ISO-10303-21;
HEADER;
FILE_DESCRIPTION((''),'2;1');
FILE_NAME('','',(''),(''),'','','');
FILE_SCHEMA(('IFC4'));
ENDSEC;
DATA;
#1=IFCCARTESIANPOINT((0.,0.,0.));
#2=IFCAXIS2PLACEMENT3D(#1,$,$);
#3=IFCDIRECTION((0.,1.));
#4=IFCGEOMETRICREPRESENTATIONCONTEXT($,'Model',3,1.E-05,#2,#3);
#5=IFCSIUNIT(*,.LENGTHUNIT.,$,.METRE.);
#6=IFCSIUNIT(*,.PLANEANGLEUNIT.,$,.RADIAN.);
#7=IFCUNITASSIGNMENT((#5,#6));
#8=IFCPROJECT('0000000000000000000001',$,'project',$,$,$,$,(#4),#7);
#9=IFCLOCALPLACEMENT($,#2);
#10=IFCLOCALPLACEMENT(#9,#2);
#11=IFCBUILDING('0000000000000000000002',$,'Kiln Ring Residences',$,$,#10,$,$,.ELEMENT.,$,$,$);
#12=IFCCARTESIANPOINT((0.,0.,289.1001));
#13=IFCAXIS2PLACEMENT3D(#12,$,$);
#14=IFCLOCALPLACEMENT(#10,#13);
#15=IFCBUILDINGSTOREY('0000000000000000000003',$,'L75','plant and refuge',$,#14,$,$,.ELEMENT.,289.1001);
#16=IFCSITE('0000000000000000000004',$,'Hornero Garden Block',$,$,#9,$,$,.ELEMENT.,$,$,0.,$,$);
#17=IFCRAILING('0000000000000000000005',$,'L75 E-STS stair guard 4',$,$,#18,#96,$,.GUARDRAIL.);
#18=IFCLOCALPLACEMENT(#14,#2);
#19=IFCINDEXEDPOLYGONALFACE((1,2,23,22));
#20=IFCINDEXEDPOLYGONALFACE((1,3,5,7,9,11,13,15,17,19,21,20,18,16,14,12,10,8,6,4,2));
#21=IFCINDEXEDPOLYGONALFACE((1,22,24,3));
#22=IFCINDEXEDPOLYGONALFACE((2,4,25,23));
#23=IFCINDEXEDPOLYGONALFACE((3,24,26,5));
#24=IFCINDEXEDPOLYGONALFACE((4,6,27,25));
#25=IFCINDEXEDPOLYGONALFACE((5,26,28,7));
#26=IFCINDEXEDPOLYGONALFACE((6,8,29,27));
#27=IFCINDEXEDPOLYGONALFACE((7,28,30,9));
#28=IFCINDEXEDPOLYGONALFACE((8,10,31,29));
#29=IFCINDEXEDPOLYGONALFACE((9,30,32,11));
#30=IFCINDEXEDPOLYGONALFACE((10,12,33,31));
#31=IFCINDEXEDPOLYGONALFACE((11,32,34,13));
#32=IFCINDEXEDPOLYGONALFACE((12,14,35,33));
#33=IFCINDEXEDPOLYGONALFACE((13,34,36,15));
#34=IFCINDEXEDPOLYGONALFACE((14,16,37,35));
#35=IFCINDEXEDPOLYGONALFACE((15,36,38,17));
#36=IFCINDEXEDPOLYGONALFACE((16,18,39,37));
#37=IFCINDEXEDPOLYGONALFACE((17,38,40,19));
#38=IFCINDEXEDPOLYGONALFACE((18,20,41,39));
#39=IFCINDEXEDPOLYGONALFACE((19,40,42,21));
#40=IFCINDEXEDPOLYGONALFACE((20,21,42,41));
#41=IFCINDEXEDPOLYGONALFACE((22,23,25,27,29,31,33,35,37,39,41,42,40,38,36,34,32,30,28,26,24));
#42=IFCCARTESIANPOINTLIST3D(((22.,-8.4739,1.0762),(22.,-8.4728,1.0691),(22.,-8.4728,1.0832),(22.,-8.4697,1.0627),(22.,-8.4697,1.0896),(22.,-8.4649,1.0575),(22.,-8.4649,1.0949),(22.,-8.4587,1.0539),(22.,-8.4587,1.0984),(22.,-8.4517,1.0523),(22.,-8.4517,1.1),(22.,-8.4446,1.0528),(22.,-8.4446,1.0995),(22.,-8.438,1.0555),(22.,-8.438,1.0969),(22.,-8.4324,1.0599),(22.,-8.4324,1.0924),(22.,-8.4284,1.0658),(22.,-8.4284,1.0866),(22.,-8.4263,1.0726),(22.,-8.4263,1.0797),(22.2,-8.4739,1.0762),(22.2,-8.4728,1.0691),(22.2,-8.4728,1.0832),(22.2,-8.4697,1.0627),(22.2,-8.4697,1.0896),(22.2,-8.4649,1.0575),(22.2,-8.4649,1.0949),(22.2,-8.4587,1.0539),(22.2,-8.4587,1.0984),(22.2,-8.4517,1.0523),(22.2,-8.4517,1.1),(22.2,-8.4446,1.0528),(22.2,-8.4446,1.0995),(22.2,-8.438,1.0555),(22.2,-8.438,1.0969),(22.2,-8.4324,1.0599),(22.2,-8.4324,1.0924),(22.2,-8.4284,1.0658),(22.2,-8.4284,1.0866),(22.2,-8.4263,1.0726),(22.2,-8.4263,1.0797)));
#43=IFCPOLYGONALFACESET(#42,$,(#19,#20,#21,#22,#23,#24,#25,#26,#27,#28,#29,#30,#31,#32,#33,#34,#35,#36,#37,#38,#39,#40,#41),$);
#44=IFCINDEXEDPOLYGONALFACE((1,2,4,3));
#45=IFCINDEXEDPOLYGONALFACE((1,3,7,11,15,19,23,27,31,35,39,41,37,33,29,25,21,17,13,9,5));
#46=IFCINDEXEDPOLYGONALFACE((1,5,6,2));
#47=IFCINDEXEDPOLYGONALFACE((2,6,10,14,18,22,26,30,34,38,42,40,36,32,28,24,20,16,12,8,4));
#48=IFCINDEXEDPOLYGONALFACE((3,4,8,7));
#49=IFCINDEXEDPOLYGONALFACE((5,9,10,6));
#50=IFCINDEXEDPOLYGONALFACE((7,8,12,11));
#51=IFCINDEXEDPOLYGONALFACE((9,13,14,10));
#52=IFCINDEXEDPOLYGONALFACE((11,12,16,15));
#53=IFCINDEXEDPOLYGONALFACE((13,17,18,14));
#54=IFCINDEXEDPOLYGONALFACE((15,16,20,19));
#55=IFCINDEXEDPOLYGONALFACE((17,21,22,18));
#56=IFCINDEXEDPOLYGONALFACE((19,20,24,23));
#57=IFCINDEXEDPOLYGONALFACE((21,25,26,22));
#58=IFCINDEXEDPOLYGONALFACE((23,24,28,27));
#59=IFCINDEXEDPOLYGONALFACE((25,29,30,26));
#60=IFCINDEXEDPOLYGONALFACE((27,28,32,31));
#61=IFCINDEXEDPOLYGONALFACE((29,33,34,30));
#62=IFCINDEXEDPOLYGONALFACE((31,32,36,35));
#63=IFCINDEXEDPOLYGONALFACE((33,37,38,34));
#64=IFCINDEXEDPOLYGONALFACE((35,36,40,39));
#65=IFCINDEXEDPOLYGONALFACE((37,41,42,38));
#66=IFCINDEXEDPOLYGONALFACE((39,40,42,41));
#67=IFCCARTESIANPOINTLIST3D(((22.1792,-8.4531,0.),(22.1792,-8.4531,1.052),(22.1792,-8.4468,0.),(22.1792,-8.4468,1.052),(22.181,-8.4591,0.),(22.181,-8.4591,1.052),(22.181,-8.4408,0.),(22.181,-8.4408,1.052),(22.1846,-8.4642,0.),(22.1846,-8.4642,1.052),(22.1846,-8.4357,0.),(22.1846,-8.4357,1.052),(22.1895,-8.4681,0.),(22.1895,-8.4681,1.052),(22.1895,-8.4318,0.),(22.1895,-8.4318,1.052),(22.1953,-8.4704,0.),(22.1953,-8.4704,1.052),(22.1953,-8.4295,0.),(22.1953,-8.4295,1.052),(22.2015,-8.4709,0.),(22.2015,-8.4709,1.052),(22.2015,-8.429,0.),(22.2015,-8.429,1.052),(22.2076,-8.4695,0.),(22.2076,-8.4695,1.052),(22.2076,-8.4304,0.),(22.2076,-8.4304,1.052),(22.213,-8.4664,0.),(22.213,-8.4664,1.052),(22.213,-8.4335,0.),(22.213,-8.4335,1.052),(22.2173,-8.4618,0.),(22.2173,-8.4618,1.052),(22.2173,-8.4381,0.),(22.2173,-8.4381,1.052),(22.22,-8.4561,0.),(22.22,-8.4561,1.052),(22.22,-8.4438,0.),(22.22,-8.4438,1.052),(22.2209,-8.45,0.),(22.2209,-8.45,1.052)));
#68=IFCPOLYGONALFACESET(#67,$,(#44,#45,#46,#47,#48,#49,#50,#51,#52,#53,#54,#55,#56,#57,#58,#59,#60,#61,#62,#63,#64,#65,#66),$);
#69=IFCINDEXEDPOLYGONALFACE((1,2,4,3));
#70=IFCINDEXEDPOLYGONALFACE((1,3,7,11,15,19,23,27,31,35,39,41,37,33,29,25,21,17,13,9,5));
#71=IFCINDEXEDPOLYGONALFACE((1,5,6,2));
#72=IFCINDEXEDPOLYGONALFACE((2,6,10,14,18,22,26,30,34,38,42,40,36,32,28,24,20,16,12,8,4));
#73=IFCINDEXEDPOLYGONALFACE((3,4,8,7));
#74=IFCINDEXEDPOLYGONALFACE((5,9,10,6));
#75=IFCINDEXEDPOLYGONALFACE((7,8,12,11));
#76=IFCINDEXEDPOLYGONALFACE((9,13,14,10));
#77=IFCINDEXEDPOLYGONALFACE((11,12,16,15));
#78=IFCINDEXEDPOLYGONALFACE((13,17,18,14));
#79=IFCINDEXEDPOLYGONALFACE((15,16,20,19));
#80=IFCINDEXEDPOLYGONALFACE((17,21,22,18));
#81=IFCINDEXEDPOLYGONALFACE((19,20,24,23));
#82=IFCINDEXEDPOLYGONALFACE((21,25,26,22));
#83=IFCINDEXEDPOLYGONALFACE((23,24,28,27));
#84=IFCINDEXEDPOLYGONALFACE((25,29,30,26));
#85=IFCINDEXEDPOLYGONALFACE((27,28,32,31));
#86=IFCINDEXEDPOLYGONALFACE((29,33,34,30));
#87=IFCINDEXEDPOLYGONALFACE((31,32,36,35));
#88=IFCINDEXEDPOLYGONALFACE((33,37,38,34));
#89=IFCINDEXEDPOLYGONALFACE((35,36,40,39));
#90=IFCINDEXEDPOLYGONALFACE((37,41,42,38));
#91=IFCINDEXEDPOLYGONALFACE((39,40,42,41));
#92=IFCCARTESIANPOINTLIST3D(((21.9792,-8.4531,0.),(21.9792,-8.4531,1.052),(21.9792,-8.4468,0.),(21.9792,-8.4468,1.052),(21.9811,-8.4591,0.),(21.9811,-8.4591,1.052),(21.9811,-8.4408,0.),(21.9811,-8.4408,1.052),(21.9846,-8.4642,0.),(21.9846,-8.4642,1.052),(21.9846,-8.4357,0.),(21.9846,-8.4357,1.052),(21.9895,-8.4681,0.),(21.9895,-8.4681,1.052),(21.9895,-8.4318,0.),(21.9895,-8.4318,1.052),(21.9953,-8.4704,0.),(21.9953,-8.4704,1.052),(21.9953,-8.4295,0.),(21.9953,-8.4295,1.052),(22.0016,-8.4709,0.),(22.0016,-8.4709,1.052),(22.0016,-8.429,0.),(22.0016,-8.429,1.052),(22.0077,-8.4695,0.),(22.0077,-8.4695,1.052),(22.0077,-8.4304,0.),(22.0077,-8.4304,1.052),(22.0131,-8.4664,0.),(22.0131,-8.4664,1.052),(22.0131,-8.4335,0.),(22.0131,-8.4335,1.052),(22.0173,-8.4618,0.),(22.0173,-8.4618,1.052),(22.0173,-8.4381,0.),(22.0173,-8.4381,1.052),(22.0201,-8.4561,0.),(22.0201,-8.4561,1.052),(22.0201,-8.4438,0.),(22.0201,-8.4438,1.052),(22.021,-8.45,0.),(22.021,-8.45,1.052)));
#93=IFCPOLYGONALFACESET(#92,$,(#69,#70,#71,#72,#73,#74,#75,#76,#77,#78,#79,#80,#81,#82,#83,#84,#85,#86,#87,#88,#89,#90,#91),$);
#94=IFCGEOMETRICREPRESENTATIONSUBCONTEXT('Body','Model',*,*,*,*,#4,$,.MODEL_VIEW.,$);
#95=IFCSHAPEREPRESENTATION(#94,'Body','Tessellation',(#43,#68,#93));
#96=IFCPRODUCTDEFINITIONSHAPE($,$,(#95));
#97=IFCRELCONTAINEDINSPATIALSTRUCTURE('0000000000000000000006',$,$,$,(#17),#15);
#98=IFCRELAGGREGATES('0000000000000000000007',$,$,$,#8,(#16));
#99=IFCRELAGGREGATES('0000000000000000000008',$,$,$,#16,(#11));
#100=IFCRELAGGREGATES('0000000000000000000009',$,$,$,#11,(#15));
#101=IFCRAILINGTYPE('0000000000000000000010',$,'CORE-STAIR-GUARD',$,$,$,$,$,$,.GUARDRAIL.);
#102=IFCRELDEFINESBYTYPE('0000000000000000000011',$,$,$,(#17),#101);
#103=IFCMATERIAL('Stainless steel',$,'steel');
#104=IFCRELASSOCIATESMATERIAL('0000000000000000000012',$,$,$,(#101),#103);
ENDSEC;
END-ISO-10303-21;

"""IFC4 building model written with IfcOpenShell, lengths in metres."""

from ifc_helpers import new_model, si_unit, direction, frame, origin, origin_2d, place, context, subcontext, project, spatial, circle, extrude, material, type_object, element, save


model = new_model("IFC4")

# Units and contexts
model_context = context("Model", 3, precision=1e-05, world=origin(), true_north=direction((0.0, 1.0)))
body_context = subcontext(model_context, "Body", "Model", "MODEL_VIEW")
ifc_project = project(units=[si_unit("LENGTHUNIT", "METRE"), si_unit("PLANEANGLEUNIT", "RADIAN")], contexts=[model_context])

# Site, building, storey
site_placement = place(None, origin())
site = spatial("IfcSite", under=ifc_project, at=site_placement, Name="Hornero Garden Block", CompositionType="ELEMENT", RefElevation=0.0)
building_placement = place(site_placement, origin())
building = spatial("IfcBuilding", under=site, at=building_placement, Name="Kiln Ring Residences", CompositionType="ELEMENT")
storey_placement = place(building_placement, frame((0.0, 0.0, 289.1001)))
storey = spatial("IfcBuildingStorey", under=building, at=storey_placement, Name="L75", Description="plant and refuge", CompositionType="ELEMENT", Elevation=289.1001)

# Railing
ifc_material_1 = material(Name="Stainless steel", Category="steel")
railing_type_1 = type_object("IfcRailingType", Name="CORE-STAIR-GUARD", PredefinedType="GUARDRAIL", material=ifc_material_1)
railing_1_placement = place(storey_placement, frame((22.2, -8.45, 0.0)))
element("IfcRailing", 1, at=railing_1_placement, inside=storey, type_object=railing_type_1, Name="L75 E-STS stair guard 4", PredefinedType="GUARDRAIL", context=body_context, shape_type="SweptSolid", body=[
    extrude(circle(Radius=0.0239, at=origin_2d()), frame((0.0, 0.0, 1.0762), z_axis=(-1.0, 0.0, 0.0), x_axis=(0.0, -1.0, 0.0)), (0.0, 0.0, 1.0), 0.2),
    extrude(circle(Radius=0.021, at=origin_2d()), origin(), (0.0, 0.0, 1.0), 1.052),
    extrude(circle(Radius=0.021, at=origin_2d()), frame((-0.2, 0.0, 0.0)), (0.0, 0.0, 1.0), 1.052),
])

save(model, "model.ifc")
